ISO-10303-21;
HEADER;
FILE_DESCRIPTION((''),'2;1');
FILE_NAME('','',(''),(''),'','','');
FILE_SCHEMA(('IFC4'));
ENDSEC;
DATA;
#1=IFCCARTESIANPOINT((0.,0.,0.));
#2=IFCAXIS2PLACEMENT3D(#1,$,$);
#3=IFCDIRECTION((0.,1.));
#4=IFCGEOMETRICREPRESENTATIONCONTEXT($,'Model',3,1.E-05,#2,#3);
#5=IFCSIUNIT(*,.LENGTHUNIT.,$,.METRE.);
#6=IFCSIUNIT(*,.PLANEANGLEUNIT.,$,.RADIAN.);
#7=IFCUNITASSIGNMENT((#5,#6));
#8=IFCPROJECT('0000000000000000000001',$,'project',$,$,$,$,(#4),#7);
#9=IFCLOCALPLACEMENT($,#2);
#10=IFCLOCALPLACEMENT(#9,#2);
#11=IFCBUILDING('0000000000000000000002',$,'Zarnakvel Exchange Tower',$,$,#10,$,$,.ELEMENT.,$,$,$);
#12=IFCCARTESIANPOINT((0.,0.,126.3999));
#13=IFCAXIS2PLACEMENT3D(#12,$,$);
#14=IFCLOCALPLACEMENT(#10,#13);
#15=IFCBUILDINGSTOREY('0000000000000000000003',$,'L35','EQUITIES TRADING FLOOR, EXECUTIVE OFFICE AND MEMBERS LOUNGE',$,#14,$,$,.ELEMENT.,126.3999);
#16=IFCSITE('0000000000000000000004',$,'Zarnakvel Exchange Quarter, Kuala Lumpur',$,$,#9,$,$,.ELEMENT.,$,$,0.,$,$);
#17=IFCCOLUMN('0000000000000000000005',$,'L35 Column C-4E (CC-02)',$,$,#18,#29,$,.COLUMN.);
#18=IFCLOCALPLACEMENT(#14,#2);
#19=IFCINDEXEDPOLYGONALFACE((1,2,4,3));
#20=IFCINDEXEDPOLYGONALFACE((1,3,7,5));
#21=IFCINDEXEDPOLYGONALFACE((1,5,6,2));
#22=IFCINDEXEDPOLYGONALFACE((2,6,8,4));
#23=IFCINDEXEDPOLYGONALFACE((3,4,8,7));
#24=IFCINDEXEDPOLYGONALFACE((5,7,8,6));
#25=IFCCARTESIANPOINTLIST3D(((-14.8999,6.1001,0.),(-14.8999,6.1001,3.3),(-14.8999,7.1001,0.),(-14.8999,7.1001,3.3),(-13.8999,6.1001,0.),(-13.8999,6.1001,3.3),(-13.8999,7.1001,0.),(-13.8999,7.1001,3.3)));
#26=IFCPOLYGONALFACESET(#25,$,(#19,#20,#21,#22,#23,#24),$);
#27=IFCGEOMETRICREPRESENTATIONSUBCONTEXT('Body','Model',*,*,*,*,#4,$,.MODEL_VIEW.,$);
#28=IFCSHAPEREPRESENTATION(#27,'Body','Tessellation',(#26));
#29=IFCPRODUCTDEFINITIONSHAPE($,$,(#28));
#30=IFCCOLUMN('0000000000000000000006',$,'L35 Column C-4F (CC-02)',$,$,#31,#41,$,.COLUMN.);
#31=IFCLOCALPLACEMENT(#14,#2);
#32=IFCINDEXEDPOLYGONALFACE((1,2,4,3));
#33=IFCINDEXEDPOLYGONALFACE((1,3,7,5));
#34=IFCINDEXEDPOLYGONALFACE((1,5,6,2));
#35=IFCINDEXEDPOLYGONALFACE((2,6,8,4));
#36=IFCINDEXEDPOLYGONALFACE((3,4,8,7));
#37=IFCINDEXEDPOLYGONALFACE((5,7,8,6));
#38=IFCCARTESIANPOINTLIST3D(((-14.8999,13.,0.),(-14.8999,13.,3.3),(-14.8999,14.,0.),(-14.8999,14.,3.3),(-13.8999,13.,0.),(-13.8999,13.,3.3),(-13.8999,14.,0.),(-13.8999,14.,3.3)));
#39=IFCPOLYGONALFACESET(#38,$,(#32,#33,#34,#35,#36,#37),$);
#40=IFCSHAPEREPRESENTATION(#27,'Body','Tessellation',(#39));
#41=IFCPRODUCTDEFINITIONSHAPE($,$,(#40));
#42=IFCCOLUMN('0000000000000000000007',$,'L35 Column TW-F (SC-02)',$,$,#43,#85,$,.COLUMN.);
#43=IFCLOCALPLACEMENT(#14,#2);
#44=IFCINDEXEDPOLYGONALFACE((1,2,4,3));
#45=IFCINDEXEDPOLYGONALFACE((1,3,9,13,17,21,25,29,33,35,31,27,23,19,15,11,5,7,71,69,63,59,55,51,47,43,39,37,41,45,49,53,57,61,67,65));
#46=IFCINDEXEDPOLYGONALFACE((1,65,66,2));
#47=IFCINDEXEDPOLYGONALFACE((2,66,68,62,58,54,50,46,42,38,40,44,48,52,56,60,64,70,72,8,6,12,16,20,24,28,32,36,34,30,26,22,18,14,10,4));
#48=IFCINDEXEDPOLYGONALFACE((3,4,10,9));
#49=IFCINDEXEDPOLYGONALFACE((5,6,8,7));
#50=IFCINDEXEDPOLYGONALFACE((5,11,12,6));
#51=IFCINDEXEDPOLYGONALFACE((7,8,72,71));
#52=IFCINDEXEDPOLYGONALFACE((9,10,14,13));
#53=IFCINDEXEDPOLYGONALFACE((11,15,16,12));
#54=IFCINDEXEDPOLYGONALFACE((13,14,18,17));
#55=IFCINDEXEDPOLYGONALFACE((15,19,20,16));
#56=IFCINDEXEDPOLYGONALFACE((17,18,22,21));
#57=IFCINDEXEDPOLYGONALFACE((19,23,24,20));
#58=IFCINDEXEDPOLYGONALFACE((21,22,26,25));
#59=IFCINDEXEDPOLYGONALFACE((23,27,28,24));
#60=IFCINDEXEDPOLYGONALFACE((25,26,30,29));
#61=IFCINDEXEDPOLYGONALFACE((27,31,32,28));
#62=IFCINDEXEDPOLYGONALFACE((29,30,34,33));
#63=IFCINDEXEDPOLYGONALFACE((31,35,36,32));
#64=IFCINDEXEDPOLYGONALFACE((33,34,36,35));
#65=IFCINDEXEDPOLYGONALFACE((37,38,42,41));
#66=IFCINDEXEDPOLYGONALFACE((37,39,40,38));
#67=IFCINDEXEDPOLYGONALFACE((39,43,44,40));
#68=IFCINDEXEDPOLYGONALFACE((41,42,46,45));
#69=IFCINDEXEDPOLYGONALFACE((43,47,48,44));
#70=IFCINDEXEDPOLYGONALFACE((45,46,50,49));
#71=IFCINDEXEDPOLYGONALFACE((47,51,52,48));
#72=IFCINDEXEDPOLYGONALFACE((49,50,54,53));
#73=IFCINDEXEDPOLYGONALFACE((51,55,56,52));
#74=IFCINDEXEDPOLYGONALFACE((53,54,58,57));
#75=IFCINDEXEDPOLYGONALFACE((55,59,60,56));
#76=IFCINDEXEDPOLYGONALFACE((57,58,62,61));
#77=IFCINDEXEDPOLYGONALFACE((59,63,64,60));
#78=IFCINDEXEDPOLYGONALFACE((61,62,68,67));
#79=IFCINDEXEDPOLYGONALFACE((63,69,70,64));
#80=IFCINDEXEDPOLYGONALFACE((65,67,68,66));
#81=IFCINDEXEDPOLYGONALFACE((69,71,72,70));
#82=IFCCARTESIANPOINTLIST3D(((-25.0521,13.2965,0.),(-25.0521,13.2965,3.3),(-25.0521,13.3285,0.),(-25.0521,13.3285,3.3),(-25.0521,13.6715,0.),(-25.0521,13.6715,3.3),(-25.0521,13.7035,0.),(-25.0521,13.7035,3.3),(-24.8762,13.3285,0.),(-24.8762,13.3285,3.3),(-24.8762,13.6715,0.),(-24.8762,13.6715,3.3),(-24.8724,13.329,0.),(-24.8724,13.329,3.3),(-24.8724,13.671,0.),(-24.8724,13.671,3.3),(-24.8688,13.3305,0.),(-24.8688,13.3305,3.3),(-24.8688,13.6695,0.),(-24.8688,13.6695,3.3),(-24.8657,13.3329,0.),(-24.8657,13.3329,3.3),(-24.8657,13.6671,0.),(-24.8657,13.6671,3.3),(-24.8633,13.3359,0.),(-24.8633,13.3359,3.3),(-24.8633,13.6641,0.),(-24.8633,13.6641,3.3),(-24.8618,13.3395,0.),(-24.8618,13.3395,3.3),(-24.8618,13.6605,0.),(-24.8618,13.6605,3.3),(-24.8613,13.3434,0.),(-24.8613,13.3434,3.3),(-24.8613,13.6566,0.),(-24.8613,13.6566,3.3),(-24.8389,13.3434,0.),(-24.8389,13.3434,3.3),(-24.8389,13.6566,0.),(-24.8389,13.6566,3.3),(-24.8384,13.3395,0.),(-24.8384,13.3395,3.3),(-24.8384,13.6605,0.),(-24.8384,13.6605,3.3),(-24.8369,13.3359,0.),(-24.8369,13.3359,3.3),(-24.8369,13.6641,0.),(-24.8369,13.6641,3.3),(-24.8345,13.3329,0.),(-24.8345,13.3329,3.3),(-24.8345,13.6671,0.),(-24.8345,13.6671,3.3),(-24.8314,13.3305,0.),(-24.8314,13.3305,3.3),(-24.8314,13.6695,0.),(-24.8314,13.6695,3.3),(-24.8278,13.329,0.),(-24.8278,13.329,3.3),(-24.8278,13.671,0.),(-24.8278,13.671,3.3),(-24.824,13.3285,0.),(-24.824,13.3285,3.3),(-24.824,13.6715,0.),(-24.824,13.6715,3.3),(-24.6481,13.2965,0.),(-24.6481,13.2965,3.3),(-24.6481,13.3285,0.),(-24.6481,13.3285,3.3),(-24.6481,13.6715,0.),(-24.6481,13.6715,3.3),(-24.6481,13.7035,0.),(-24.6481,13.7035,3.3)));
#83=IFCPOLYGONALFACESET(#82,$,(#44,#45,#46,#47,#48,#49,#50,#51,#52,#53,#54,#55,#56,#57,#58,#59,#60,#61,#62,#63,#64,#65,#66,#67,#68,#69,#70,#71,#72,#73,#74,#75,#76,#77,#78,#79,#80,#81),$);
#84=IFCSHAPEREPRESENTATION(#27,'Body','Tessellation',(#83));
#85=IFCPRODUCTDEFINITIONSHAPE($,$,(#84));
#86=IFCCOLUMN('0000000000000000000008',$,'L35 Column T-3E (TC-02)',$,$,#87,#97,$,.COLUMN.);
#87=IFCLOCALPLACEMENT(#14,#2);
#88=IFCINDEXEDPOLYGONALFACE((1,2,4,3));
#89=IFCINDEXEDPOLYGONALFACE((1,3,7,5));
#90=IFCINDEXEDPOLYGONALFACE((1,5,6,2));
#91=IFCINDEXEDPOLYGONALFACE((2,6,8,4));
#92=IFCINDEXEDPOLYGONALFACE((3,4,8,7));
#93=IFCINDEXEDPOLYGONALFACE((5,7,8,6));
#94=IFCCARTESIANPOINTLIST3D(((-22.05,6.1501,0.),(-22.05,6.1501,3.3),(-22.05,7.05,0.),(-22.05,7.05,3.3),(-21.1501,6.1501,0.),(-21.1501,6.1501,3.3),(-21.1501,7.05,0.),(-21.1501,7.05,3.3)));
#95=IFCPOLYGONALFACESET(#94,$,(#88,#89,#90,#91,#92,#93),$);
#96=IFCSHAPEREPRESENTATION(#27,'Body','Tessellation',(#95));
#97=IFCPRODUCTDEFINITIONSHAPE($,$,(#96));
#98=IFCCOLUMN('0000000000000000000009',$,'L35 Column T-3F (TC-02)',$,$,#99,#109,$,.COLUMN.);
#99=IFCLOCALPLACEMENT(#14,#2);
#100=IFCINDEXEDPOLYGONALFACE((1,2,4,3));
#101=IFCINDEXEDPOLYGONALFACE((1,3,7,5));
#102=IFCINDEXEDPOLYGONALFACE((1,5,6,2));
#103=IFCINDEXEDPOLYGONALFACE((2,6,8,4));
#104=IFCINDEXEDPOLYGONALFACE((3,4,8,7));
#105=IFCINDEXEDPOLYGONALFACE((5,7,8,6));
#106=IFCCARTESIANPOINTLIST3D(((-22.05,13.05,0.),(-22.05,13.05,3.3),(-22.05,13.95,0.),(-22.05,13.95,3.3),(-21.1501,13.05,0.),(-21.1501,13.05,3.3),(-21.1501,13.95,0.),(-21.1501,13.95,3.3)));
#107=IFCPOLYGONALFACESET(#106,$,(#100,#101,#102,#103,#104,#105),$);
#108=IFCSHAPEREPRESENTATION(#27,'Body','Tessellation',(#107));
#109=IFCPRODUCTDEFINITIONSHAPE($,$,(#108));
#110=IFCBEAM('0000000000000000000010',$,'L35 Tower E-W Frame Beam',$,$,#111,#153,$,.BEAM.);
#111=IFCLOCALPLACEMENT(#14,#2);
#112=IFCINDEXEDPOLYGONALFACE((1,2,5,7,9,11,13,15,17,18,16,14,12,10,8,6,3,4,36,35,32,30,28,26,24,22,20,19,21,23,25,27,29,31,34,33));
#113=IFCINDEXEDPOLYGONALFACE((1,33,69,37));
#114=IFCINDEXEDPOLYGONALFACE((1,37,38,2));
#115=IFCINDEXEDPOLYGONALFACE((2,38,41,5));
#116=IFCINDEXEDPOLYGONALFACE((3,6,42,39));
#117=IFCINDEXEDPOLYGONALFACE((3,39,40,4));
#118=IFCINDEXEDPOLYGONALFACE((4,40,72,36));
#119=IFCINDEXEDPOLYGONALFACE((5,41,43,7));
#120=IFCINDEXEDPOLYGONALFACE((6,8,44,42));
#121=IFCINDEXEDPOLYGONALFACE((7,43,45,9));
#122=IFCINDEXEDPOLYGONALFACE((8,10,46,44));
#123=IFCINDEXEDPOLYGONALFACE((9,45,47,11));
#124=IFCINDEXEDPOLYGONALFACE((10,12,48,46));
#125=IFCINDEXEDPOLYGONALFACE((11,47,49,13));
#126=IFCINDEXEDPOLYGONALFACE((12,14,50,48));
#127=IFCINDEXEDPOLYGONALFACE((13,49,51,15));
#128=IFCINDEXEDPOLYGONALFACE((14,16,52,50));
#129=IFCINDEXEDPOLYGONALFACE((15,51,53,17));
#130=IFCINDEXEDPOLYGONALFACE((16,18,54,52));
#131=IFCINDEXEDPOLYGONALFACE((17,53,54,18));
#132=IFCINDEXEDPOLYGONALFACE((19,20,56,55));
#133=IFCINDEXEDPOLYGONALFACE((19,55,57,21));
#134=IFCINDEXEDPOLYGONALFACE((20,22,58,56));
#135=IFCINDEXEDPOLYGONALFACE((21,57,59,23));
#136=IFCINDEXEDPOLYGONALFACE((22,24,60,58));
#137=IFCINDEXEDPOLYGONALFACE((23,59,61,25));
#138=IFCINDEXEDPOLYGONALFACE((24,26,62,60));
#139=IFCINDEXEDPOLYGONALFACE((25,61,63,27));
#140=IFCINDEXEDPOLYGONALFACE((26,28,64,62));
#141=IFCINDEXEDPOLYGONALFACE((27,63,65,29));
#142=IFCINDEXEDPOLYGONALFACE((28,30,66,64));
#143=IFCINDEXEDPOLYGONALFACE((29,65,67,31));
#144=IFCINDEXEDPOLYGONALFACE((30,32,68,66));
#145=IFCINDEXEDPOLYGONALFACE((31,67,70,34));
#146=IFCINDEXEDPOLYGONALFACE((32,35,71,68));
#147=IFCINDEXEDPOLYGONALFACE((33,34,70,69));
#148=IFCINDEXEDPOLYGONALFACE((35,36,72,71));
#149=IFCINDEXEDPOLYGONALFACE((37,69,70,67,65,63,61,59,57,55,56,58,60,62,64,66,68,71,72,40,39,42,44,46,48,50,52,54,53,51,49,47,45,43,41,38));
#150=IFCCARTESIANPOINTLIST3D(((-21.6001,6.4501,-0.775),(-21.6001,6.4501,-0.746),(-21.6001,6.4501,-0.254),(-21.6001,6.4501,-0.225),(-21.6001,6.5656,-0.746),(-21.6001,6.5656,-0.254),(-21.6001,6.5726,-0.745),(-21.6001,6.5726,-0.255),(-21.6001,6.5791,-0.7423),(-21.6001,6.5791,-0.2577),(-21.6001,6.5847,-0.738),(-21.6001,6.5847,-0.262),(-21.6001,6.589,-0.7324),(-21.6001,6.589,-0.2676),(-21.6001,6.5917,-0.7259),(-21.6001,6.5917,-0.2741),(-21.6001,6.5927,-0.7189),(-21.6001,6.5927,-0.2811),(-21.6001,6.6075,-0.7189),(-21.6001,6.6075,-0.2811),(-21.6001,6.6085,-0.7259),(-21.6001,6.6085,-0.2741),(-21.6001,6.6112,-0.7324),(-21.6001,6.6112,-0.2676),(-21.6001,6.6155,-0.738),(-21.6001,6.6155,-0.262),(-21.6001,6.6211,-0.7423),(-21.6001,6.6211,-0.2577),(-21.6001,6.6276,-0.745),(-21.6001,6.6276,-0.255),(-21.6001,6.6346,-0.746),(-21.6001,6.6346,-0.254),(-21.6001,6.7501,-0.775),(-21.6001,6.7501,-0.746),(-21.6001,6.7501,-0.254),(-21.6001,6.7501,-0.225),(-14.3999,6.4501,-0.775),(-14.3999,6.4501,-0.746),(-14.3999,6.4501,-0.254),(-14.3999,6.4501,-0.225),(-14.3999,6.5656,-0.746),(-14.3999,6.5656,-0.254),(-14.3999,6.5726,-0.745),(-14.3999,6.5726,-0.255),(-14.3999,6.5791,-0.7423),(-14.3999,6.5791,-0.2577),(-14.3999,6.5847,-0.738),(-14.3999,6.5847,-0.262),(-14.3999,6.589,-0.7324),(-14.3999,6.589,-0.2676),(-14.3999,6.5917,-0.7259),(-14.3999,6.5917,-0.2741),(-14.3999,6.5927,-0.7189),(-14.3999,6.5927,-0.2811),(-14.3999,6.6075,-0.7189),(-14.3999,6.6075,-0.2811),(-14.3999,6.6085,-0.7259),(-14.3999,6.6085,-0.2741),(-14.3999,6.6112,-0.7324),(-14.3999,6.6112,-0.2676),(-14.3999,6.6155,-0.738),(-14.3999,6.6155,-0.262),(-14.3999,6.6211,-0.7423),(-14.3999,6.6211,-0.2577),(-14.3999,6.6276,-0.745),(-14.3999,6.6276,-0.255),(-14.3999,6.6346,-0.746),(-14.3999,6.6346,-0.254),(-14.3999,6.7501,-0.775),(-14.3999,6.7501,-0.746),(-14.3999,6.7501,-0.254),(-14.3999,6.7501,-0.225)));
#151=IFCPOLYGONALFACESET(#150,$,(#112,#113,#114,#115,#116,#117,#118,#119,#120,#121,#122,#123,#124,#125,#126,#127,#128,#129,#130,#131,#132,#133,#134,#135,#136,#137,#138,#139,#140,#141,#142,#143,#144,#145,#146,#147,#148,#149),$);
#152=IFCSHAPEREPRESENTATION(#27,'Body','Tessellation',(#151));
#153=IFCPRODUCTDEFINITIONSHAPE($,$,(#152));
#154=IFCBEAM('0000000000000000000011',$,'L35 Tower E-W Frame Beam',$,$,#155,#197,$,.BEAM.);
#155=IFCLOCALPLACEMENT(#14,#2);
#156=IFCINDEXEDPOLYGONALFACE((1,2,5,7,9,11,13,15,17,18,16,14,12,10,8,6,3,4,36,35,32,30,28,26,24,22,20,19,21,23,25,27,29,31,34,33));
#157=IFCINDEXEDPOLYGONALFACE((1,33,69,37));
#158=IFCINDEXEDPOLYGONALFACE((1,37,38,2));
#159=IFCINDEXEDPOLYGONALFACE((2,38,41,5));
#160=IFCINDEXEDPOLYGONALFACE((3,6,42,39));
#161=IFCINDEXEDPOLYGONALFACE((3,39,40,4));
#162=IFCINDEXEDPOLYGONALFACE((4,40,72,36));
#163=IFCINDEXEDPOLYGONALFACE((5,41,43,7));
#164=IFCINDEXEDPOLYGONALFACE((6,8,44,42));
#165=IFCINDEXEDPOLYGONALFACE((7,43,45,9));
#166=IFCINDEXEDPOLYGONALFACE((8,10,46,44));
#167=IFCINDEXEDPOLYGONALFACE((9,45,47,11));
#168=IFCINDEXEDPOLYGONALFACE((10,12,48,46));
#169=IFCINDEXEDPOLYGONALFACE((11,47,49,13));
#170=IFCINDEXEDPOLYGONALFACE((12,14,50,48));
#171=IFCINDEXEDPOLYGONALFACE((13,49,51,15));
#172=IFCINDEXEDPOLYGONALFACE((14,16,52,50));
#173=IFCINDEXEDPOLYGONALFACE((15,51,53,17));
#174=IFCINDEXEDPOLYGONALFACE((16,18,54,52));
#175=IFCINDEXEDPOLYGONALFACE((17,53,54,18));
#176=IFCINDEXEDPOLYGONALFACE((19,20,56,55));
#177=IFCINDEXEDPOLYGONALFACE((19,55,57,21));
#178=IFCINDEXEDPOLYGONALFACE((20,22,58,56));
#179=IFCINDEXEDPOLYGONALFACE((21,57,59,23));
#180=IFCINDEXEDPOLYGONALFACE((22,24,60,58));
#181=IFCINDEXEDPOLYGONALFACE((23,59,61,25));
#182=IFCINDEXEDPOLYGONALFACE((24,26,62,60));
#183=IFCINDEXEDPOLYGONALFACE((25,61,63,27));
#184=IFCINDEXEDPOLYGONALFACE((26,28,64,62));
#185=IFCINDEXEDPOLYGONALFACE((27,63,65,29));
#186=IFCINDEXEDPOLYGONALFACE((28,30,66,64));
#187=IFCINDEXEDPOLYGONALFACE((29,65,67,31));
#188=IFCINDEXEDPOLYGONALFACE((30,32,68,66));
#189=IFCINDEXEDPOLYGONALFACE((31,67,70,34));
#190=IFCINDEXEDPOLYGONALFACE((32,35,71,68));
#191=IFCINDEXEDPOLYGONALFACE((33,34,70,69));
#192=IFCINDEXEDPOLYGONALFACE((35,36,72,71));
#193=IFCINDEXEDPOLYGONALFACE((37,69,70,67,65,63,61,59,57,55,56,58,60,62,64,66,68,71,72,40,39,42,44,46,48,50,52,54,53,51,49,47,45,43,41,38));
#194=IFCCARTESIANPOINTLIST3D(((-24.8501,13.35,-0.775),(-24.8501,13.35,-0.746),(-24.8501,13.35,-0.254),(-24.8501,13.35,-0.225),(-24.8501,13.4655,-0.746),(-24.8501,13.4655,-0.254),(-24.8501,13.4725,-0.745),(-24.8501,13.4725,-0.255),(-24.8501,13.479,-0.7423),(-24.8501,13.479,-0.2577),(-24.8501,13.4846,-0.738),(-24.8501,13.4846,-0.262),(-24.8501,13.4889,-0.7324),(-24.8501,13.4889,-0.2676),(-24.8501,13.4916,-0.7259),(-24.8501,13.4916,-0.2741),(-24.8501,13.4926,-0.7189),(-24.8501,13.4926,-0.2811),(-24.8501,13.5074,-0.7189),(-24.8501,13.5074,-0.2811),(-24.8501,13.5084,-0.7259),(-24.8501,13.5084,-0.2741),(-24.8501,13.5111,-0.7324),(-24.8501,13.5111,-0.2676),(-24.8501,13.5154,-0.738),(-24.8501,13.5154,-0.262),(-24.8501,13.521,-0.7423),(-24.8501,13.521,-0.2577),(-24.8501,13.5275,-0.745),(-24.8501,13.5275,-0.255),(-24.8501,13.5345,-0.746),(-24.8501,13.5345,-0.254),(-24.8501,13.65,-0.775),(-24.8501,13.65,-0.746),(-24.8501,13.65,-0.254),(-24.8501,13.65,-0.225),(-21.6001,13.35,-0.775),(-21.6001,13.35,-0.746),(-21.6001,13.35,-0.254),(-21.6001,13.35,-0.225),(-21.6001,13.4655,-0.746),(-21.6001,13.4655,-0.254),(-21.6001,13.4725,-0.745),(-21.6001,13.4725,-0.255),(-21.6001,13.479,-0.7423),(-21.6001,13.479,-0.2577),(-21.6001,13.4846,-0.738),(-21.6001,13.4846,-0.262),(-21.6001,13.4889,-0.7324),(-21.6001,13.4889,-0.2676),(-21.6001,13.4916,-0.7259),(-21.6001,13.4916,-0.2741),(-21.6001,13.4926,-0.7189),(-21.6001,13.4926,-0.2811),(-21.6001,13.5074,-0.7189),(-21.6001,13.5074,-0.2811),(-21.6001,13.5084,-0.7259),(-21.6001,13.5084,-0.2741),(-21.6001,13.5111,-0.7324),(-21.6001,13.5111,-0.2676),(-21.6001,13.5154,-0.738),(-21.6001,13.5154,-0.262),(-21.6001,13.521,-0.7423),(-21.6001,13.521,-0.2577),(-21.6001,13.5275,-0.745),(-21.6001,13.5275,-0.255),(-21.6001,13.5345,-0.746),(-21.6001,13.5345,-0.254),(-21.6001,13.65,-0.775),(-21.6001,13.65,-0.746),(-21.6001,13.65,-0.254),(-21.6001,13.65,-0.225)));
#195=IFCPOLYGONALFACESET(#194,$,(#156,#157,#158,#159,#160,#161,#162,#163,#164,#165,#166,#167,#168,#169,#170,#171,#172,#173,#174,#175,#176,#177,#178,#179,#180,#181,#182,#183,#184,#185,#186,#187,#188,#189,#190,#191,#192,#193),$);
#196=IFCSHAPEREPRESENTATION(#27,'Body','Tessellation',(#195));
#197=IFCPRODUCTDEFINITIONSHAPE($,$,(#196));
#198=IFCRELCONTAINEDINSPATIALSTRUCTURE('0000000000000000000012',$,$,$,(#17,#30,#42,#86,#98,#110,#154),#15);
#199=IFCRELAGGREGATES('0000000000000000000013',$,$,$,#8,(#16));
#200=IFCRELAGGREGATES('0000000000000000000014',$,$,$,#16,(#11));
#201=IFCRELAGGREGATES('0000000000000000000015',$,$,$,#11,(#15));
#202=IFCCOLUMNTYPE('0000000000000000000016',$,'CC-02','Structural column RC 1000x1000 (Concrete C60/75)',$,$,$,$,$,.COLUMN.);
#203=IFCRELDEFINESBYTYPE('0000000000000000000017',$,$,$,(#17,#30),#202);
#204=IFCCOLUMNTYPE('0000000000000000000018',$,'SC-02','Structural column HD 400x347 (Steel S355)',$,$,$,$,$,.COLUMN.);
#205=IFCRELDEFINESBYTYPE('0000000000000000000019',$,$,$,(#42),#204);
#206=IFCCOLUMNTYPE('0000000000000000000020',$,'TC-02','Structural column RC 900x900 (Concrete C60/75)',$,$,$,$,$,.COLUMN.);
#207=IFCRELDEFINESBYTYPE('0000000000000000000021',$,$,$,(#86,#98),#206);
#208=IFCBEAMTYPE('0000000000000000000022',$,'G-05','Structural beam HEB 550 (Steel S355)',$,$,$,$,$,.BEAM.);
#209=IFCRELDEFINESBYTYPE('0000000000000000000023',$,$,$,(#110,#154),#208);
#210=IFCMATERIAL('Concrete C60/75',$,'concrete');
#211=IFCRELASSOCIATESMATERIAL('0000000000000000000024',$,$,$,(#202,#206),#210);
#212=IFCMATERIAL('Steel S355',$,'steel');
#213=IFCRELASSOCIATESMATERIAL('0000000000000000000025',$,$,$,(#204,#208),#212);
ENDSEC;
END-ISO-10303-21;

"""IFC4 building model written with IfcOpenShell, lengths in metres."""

from ifc_helpers import new_model, si_unit, direction, frame, origin, origin_2d, place, context, subcontext, project, spatial, rectangle, i_section, extrude, material, material_profile, profile_set, type_object, element, save


model = new_model("IFC4")

# Units and contexts
model_context = context("Model", 3, precision=1e-05, world=origin(), true_north=direction((0.0, 1.0)))
body_context = subcontext(model_context, "Body", "Model", "MODEL_VIEW")
ifc_project = project(units=[si_unit("LENGTHUNIT", "METRE"), si_unit("PLANEANGLEUNIT", "RADIAN")], contexts=[model_context])

# Site, building, storey
site_placement = place(None, origin())
site = spatial("IfcSite", under=ifc_project, at=site_placement, Name="Zarnakvel Exchange Quarter, Kuala Lumpur", CompositionType="ELEMENT", RefElevation=0.0)
building_placement = place(site_placement, origin())
building = spatial("IfcBuilding", under=site, at=building_placement, Name="Zarnakvel Exchange Tower", CompositionType="ELEMENT")
storey_placement = place(building_placement, frame((0.0, 0.0, 126.3999)))
storey = spatial("IfcBuildingStorey", under=building, at=storey_placement, Name="L35", Description="EQUITIES TRADING FLOOR, EXECUTIVE OFFICE AND MEMBERS LOUNGE", CompositionType="ELEMENT", Elevation=126.3999)

# Columns
ifc_material_1 = material(Name="Concrete C60/75", Category="concrete")
ifc_material_profile_1 = material_profile(ifc_material_1, rectangle(XDim=1.0, YDim=1.0, at=origin_2d()))
ifc_profile_set_1 = profile_set([ifc_material_profile_1], Name="Concrete C60/75")
column_type_1 = type_object("IfcColumnType", Name="CC-02", Description="Structural column RC 1000x1000 (Concrete C60/75)", PredefinedType="COLUMN", material=ifc_profile_set_1)
for number, where, z_axis, x_axis, name in (
    (1, (-14.3999, 6.6001, 0.0), (0.0, 0.0, 1.0), (1.0, 0.0, 0.0), "L35 Column C-4E (CC-02)"),
    (2, (-14.3999, 13.5, 0.0), (0.0, 0.0, 1.0), (1.0, 0.0, 0.0), "L35 Column C-4F (CC-02)"),
):
    element("IfcColumn", number, at=place(storey_placement, frame(where, z_axis=z_axis, x_axis=x_axis)), inside=storey, type_object=column_type_1, Name=name, PredefinedType="COLUMN", context=body_context, shape_type="SweptSolid", body=[
        extrude(rectangle(XDim=1.0, YDim=1.0, at=origin_2d()), origin(), (0.0, 0.0, 1.0), 3.3),
    ])
ifc_material_2 = material(Name="Steel S355", Category="steel")
ifc_material_profile_2 = material_profile(ifc_material_2, i_section(OverallWidth=0.4041, OverallDepth=0.407, WebThickness=0.0225, FlangeThickness=0.032, FilletRadius=0.0149, at=origin_2d()))
ifc_profile_set_2 = profile_set([ifc_material_profile_2], Name="Steel S355")
column_type_2 = type_object("IfcColumnType", Name="SC-02", Description="Structural column HD 400x347 (Steel S355)", PredefinedType="COLUMN", material=ifc_profile_set_2)
column_placement = place(storey_placement, frame((-24.8501, 13.5, 0.0), z_axis=(0.0, 0.0, 1.0), x_axis=(1.0, 0.0, 0.0)))
element("IfcColumn", 3, at=column_placement, inside=storey, type_object=column_type_2, Name="L35 Column TW-F (SC-02)", PredefinedType="COLUMN", context=body_context, shape_type="SweptSolid", body=[
    extrude(i_section(OverallWidth=0.4041, OverallDepth=0.407, WebThickness=0.0225, FlangeThickness=0.032, FilletRadius=0.0149, at=origin_2d()), origin(), (0.0, 0.0, 1.0), 3.3),
])
ifc_material_profile_3 = material_profile(ifc_material_1, rectangle(XDim=0.8999, YDim=0.8999, at=origin_2d()))
ifc_profile_set_3 = profile_set([ifc_material_profile_3], Name="Concrete C60/75")
column_type_3 = type_object("IfcColumnType", Name="TC-02", Description="Structural column RC 900x900 (Concrete C60/75)", PredefinedType="COLUMN", material=ifc_profile_set_3)
for number, where, z_axis, x_axis, name in (
    (4, (-21.6001, 6.6001, 0.0), (0.0, 0.0, 1.0), (1.0, 0.0, 0.0), "L35 Column T-3E (TC-02)"),
    (5, (-21.6001, 13.5, 0.0), (0.0, 0.0, 1.0), (1.0, 0.0, 0.0), "L35 Column T-3F (TC-02)"),
):
    element("IfcColumn", number, at=place(storey_placement, frame(where, z_axis=z_axis, x_axis=x_axis)), inside=storey, type_object=column_type_3, Name=name, PredefinedType="COLUMN", context=body_context, shape_type="SweptSolid", body=[
        extrude(rectangle(XDim=0.8999, YDim=0.8999, at=origin_2d()), origin(), (0.0, 0.0, 1.0), 3.3),
    ])

# Beams
ifc_material_profile_4 = material_profile(ifc_material_2, i_section(OverallWidth=0.3, OverallDepth=0.55, WebThickness=0.0149, FlangeThickness=0.0291, FilletRadius=0.0271, at=origin_2d()))
ifc_profile_set_4 = profile_set([ifc_material_profile_4], Name="Steel S355")
beam_type = type_object("IfcBeamType", Name="G-05", Description="Structural beam HEB 550 (Steel S355)", PredefinedType="BEAM", material=ifc_profile_set_4)
beam_1_placement = place(storey_placement, frame((-21.6001, 6.6001, -0.5), z_axis=(1.0, 0.0, 0.0), x_axis=(0.0, 1.0, 0.0)))
element("IfcBeam", 6, at=beam_1_placement, inside=storey, type_object=beam_type, Name="L35 Tower E-W Frame Beam", PredefinedType="BEAM", context=body_context, shape_type="SweptSolid", body=[
    extrude(i_section(OverallWidth=0.3, OverallDepth=0.55, WebThickness=0.0149, FlangeThickness=0.0291, FilletRadius=0.0271, at=origin_2d()), origin(), (0.0, 0.0, 1.0), 7.2002),
])
beam_2_placement = place(storey_placement, frame((-24.8501, 13.5, -0.5), z_axis=(1.0, 0.0, 0.0), x_axis=(0.0, 1.0, 0.0)))
element("IfcBeam", 7, at=beam_2_placement, inside=storey, type_object=beam_type, Name="L35 Tower E-W Frame Beam", PredefinedType="BEAM", context=body_context, shape_type="SweptSolid", body=[
    extrude(i_section(OverallWidth=0.3, OverallDepth=0.55, WebThickness=0.0149, FlangeThickness=0.0291, FilletRadius=0.0271, at=origin_2d()), origin(), (0.0, 0.0, 1.0), 3.25),
])

save(model, "model.ifc")
